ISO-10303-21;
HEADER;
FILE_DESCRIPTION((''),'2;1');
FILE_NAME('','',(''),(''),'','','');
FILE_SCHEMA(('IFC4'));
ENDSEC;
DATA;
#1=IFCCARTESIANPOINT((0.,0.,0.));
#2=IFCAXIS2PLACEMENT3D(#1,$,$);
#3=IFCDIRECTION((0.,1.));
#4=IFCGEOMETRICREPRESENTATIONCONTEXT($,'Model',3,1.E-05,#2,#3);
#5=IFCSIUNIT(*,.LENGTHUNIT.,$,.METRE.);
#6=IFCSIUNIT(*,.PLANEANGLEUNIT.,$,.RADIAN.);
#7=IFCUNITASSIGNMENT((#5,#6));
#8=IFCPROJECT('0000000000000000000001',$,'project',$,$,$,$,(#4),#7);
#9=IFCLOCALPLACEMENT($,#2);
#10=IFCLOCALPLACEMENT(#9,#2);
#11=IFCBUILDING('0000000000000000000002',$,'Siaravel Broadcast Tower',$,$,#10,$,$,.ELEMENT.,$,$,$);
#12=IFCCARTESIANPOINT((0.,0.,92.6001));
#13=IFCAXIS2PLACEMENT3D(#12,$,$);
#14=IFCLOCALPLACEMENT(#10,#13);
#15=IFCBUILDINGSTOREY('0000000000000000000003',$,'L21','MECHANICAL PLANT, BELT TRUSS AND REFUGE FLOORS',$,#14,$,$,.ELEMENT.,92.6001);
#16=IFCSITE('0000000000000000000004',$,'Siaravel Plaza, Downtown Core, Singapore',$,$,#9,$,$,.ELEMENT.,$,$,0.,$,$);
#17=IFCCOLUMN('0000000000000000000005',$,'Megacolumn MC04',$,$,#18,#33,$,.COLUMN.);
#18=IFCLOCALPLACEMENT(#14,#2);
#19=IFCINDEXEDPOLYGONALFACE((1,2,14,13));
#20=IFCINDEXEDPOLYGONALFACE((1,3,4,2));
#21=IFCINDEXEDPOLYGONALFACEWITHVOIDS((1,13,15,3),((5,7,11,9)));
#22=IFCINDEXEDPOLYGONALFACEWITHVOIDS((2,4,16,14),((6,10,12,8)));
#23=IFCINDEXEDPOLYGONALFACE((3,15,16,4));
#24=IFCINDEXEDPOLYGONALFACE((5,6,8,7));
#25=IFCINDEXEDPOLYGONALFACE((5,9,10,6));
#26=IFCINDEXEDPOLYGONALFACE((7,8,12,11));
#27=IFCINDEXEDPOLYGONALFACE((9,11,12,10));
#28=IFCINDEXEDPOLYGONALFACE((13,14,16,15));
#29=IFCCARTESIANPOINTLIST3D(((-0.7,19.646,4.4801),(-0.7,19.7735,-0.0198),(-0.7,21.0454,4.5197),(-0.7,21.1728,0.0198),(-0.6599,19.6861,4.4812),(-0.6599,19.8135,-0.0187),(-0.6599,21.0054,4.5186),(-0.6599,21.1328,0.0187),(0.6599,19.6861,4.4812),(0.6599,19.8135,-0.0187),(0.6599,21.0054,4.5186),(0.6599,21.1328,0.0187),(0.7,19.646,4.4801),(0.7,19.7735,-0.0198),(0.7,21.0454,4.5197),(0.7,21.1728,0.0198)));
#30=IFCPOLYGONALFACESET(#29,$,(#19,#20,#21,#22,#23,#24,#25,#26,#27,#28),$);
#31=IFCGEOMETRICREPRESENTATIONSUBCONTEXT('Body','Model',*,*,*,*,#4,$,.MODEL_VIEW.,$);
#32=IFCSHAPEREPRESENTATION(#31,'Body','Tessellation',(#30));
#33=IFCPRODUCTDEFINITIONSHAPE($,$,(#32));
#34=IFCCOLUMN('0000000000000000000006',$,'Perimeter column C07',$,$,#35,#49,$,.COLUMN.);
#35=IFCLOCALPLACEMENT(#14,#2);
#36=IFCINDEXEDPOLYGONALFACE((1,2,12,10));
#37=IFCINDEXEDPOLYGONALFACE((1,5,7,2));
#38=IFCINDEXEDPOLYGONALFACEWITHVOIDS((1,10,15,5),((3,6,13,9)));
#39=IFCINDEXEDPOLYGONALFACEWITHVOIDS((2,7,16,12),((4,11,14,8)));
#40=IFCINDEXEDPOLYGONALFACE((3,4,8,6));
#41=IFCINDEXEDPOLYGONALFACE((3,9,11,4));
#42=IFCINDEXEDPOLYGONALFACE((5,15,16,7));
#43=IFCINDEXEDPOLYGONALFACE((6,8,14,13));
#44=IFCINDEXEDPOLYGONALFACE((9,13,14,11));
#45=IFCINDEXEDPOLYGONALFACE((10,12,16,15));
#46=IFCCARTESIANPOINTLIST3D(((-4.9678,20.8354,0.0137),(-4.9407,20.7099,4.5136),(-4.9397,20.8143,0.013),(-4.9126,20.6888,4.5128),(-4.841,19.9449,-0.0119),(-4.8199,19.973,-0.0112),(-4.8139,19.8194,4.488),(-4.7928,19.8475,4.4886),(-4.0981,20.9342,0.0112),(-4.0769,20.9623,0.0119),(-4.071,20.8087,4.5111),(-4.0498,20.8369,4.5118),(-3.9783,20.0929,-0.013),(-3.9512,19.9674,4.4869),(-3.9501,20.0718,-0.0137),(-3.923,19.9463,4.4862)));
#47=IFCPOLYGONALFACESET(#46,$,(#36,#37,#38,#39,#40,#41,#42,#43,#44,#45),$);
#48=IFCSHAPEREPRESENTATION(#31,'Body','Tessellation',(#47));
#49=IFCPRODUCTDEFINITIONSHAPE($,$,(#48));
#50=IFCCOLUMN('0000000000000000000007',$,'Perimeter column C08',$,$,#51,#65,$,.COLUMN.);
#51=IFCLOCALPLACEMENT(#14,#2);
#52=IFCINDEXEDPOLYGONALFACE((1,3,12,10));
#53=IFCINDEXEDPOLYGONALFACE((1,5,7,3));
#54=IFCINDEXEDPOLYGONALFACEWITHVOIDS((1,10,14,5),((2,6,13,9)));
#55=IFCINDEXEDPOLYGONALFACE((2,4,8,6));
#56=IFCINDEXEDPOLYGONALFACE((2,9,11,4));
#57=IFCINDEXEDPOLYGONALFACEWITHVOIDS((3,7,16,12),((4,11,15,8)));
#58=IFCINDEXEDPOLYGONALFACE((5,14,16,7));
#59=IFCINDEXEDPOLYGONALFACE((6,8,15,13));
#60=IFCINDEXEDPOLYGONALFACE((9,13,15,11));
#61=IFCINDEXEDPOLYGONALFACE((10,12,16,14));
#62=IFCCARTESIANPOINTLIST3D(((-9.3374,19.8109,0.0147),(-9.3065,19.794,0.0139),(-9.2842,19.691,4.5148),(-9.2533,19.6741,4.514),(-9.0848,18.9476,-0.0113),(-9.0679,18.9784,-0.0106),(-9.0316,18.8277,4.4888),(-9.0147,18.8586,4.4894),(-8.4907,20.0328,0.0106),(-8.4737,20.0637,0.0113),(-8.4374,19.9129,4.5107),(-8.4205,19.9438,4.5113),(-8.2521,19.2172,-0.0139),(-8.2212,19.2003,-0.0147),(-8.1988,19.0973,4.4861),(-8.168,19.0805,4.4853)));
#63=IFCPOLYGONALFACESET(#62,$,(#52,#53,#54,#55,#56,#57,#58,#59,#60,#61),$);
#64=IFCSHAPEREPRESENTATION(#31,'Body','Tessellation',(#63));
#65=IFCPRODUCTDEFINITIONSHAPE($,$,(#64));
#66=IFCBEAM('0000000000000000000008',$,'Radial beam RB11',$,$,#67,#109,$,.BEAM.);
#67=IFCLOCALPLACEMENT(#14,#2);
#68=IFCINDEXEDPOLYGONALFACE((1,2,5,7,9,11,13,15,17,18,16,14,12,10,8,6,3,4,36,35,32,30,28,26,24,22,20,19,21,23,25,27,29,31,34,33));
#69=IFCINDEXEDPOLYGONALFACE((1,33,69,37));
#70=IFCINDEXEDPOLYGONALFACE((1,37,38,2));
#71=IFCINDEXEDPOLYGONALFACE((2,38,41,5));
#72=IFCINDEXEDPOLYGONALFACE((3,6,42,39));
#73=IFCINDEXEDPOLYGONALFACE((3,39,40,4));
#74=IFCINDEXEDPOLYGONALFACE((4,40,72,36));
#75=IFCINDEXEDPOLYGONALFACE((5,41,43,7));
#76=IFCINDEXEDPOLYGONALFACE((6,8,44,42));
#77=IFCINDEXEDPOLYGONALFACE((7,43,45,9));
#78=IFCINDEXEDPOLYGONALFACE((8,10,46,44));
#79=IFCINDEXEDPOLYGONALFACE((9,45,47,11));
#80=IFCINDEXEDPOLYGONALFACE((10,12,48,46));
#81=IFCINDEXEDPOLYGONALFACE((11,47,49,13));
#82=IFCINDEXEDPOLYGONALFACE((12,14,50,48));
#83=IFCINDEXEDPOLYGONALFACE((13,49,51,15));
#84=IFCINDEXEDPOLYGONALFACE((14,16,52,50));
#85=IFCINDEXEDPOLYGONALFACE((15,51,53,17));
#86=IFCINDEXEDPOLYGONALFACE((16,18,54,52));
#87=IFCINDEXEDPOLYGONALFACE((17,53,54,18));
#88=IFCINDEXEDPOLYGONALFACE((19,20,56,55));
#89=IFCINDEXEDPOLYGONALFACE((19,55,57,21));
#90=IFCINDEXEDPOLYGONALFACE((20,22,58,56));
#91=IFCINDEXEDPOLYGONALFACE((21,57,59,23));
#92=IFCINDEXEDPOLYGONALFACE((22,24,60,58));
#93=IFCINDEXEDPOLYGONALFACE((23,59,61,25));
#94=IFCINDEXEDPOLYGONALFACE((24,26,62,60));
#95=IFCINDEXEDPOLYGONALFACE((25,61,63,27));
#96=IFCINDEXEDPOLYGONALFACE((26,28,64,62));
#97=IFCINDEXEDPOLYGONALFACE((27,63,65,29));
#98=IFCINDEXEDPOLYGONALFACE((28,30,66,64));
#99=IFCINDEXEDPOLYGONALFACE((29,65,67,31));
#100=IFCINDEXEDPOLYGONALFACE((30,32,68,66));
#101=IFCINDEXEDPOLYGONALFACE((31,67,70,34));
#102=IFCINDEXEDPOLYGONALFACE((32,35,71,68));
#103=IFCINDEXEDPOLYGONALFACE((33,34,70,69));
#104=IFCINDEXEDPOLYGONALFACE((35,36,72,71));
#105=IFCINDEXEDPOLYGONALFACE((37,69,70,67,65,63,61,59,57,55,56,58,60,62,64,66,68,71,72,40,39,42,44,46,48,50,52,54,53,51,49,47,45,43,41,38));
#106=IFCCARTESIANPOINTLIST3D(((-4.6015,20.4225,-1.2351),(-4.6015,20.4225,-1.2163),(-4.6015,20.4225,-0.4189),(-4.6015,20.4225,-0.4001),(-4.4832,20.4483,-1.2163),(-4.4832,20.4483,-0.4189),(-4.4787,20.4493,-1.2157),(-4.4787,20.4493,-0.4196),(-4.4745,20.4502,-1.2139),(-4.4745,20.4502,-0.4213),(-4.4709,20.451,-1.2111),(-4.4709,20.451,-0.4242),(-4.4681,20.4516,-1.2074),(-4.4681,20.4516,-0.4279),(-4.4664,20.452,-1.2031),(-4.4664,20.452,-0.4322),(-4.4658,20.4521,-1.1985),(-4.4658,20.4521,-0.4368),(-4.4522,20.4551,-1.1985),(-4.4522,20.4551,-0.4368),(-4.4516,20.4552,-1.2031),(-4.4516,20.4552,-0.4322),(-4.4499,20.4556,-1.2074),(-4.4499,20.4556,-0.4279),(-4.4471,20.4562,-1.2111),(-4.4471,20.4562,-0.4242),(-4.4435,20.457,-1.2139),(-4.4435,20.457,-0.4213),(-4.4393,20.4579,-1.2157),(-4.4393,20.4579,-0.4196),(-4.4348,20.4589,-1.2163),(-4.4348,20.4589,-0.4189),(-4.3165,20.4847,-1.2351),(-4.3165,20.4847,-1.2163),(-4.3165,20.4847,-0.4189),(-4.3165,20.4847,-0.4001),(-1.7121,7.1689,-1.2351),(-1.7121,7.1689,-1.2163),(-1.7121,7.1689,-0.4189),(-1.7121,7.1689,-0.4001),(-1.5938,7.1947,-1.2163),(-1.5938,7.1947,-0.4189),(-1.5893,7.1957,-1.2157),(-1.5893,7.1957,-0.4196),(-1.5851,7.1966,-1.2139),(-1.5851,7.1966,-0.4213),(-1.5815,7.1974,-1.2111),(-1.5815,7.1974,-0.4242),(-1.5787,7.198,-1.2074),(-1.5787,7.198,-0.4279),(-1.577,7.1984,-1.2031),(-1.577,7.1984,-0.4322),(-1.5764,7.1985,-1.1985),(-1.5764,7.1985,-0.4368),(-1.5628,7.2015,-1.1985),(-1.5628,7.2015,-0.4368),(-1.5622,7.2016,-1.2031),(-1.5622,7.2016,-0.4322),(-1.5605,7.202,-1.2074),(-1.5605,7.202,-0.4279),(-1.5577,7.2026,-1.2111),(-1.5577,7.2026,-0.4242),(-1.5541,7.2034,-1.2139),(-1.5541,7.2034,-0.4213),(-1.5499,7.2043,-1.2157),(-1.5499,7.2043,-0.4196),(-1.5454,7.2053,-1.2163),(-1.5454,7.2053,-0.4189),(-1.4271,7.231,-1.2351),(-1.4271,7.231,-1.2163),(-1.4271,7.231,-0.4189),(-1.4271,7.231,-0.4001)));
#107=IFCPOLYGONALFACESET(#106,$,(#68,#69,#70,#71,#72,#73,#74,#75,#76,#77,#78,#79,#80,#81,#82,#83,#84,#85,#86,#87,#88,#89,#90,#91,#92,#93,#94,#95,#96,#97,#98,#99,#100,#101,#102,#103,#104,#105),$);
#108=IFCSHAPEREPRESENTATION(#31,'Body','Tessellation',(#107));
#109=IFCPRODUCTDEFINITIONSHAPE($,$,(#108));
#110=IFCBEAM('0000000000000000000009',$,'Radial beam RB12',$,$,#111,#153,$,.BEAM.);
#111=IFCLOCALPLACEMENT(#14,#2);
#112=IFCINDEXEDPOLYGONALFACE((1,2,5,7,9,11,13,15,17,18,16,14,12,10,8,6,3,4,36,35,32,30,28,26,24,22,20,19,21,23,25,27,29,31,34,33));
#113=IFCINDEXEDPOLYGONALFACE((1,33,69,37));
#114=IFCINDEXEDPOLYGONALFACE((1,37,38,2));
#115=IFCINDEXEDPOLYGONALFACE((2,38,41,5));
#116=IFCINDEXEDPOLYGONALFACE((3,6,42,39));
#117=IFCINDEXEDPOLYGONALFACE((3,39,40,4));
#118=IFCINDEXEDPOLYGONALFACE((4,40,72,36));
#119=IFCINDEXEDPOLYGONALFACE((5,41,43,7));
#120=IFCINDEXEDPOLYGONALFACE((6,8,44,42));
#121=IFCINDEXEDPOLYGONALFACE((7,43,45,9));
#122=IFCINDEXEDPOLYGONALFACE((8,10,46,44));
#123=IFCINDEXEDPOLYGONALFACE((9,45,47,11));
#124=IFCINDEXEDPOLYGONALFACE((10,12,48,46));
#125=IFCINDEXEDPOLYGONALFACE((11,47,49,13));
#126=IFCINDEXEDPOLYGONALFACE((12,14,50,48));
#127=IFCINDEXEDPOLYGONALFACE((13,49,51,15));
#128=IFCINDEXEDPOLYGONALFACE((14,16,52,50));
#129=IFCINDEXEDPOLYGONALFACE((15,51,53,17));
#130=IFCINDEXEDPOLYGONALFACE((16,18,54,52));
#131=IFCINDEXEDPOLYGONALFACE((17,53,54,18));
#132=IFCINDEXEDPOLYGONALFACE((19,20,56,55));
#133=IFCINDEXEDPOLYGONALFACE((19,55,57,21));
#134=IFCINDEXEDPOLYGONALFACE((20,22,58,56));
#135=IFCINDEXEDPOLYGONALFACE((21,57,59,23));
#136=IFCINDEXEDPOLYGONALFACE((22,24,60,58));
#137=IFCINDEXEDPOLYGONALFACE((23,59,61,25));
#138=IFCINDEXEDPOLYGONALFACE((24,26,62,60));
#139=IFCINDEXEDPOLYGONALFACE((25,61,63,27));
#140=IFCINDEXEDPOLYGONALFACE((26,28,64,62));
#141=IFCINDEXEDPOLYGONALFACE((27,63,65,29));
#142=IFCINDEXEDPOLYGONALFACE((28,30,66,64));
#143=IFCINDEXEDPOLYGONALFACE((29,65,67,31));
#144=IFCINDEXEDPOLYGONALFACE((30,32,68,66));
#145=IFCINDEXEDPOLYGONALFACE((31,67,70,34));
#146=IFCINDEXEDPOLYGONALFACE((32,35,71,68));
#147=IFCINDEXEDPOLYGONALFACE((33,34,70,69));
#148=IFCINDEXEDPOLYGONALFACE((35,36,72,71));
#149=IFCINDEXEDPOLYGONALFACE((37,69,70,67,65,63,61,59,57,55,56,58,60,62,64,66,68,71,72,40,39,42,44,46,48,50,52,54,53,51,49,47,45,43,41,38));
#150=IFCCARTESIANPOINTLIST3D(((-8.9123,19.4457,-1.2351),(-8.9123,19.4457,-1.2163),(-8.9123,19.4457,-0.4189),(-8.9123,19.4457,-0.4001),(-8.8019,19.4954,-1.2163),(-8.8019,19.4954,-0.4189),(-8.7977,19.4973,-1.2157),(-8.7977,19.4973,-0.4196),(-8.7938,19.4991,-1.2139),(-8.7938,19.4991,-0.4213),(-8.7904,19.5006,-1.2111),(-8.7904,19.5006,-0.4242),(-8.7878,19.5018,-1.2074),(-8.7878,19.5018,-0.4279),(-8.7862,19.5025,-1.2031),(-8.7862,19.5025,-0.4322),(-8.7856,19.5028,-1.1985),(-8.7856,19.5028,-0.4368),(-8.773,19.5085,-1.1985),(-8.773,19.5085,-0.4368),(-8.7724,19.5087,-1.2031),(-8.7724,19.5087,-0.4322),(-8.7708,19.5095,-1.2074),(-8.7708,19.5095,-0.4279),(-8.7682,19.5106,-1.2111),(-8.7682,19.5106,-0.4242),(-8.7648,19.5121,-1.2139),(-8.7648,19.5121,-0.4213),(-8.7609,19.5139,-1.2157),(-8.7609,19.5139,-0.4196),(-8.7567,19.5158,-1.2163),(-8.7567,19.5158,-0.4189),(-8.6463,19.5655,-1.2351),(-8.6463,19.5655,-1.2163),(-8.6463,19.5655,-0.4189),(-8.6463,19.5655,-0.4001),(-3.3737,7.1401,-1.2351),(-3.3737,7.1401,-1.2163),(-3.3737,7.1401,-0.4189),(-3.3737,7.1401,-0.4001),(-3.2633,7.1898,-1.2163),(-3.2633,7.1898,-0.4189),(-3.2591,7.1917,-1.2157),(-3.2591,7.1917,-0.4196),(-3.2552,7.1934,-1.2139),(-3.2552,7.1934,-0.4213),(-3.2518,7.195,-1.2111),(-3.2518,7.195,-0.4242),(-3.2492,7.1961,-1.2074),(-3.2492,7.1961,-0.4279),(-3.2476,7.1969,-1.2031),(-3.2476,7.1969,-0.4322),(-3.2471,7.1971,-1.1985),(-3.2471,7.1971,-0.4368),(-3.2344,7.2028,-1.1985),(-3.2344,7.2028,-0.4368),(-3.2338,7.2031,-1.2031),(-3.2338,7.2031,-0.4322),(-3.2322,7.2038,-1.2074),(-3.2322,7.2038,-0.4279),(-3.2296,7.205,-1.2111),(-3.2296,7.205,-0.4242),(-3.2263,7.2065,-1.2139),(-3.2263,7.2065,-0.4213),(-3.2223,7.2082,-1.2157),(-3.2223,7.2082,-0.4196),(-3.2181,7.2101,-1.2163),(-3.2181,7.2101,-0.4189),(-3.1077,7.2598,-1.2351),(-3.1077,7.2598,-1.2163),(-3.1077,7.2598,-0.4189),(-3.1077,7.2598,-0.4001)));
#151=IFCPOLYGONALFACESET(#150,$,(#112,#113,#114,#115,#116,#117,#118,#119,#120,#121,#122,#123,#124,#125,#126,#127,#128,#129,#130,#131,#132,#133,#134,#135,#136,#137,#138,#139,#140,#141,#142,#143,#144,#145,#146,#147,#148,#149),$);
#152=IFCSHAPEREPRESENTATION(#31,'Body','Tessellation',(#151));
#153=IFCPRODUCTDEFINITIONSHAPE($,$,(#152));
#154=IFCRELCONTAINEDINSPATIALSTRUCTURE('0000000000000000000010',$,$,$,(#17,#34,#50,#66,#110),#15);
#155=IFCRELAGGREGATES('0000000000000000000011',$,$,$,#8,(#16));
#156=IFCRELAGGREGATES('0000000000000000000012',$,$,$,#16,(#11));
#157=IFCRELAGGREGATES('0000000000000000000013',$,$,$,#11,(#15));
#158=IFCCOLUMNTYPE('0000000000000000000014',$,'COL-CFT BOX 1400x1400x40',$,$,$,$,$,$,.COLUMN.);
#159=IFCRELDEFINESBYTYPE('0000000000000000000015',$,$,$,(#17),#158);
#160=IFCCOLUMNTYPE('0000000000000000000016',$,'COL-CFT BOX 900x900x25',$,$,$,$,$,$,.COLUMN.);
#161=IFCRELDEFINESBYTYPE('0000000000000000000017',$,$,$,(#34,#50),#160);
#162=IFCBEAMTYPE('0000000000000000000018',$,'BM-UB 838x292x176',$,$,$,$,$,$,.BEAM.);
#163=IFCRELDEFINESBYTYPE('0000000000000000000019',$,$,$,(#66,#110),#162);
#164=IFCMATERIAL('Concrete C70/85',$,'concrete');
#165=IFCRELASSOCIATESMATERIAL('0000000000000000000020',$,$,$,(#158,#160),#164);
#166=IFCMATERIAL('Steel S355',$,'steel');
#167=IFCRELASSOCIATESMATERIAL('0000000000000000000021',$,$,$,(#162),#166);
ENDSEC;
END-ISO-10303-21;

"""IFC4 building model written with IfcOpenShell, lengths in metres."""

from ifc_helpers import new_model, si_unit, direction, frame, origin, origin_2d, place, context, subcontext, project, spatial, hollow_rectangle, i_section, extrude, material, material_profile, profile_set, type_object, element, save


model = new_model("IFC4")

# Units and contexts
model_context = context("Model", 3, precision=1e-05, world=origin(), true_north=direction((0.0, 1.0)))
body_context = subcontext(model_context, "Body", "Model", "MODEL_VIEW")
ifc_project = project(units=[si_unit("LENGTHUNIT", "METRE"), si_unit("PLANEANGLEUNIT", "RADIAN")], contexts=[model_context])

# Site, building, storey
site_placement = place(None, origin())
site = spatial("IfcSite", under=ifc_project, at=site_placement, Name="Siaravel Plaza, Downtown Core, Singapore", CompositionType="ELEMENT", RefElevation=0.0)
building_placement = place(site_placement, origin())
building = spatial("IfcBuilding", under=site, at=building_placement, Name="Siaravel Broadcast Tower", CompositionType="ELEMENT")
storey_placement = place(building_placement, frame((0.0, 0.0, 92.6001)))
storey = spatial("IfcBuildingStorey", under=building, at=storey_placement, Name="L21", Description="MECHANICAL PLANT, BELT TRUSS AND REFUGE FLOORS", CompositionType="ELEMENT", Elevation=92.6001)

# Columns
ifc_material_1 = material(Name="Concrete C70/85", Category="concrete")
ifc_material_profile_1 = material_profile(ifc_material_1, hollow_rectangle(XDim=1.3999, YDim=1.3999, WallThickness=0.04, at=origin_2d()))
ifc_profile_set_1 = profile_set([ifc_material_profile_1], Name="Concrete C70/85")
column_type_1 = type_object("IfcColumnType", Name="COL-CFT BOX 1400x1400x40", PredefinedType="COLUMN", material=ifc_profile_set_1)
column_1_placement = place(storey_placement, frame((0.0, 20.4731, 0.0), z_axis=(0.0, -0.028309, 0.999599), x_axis=(1.0, 0.0, 0.0)))
element("IfcColumn", 1, at=column_1_placement, inside=storey, type_object=column_type_1, Name="Megacolumn MC04", PredefinedType="COLUMN", context=body_context, shape_type="SweptSolid", body=[
    extrude(hollow_rectangle(XDim=1.3999, YDim=1.3999, WallThickness=0.04, at=origin_2d()), origin(), (0.0, 0.0, 1.0), 4.5017),
])
ifc_material_profile_2 = material_profile(ifc_material_1, hollow_rectangle(XDim=0.8999, YDim=0.8999, WallThickness=0.0249, at=origin_2d()))
ifc_profile_set_2 = profile_set([ifc_material_profile_2], Name="Concrete C70/85")
column_type_2 = type_object("IfcColumnType", Name="COL-CFT BOX 900x900x25", PredefinedType="COLUMN", material=ifc_profile_set_2)
column_2_placement = place(storey_placement, frame((-4.459, 20.4536, 0.0), z_axis=(0.00602, -0.027875, 0.999593), x_axis=(0.990003, 0.141035, -0.002029)))
element("IfcColumn", 2, at=column_2_placement, inside=storey, type_object=column_type_2, Name="Perimeter column C07", PredefinedType="COLUMN", context=body_context, shape_type="SweptSolid", body=[
    extrude(hollow_rectangle(XDim=0.8999, YDim=0.8999, WallThickness=0.0249, at=origin_2d()), origin(), (0.0, 0.0, 1.0), 4.5017),
])
column_3_placement = place(storey_placement, frame((-8.7793, 19.5056, 0.0), z_axis=(0.011822, -0.026627, 0.999576), x_axis=(0.959734, 0.280883, -0.003869)))
element("IfcColumn", 3, at=column_3_placement, inside=storey, type_object=column_type_2, Name="Perimeter column C08", PredefinedType="COLUMN", context=body_context, shape_type="SweptSolid", body=[
    extrude(hollow_rectangle(XDim=0.8999, YDim=0.8999, WallThickness=0.0249, at=origin_2d()), origin(), (0.0, 0.0, 1.0), 4.502),
])

# Beams
ifc_material_2 = material(Name="Steel S355", Category="steel")
ifc_material_profile_3 = material_profile(ifc_material_2, i_section(OverallWidth=0.2917, OverallDepth=0.835, WebThickness=0.0139, FlangeThickness=0.0188, FilletRadius=0.0178, at=origin_2d()))
ifc_profile_set_3 = profile_set([ifc_material_profile_3], Name="Steel S355")
beam_type_1 = type_object("IfcBeamType", Name="BM-UB 838x292x176", PredefinedType="BEAM", material=ifc_profile_set_3)
beam_1_placement = place(storey_placement, frame((-4.459, 20.4536, -0.8176), z_axis=(0.213005, -0.977051, 0.0), x_axis=(0.977051, 0.213005, 0.0)))
element("IfcBeam", 4, at=beam_1_placement, inside=storey, type_object=beam_type_1, Name="Radial beam RB11", PredefinedType="BEAM", context=body_context, shape_type="SweptSolid", body=[
    extrude(i_section(OverallWidth=0.2917, OverallDepth=0.835, WebThickness=0.0139, FlangeThickness=0.0188, FilletRadius=0.0178, at=origin_2d()), origin(), (0.0, 0.0, 1.0), 13.5649),
])
beam_2_placement = place(storey_placement, frame((-8.7793, 19.5056, -0.8176), z_axis=(0.410428, -0.911893, 0.0), x_axis=(0.911893, 0.410428, 0.0)))
element("IfcBeam", 5, at=beam_2_placement, inside=storey, type_object=beam_type_1, Name="Radial beam RB12", PredefinedType="BEAM", context=body_context, shape_type="SweptSolid", body=[
    extrude(i_section(OverallWidth=0.2917, OverallDepth=0.835, WebThickness=0.0139, FlangeThickness=0.0188, FilletRadius=0.0178, at=origin_2d()), origin(), (0.0, 0.0, 1.0), 13.4946),
])

save(model, "model.ifc")
